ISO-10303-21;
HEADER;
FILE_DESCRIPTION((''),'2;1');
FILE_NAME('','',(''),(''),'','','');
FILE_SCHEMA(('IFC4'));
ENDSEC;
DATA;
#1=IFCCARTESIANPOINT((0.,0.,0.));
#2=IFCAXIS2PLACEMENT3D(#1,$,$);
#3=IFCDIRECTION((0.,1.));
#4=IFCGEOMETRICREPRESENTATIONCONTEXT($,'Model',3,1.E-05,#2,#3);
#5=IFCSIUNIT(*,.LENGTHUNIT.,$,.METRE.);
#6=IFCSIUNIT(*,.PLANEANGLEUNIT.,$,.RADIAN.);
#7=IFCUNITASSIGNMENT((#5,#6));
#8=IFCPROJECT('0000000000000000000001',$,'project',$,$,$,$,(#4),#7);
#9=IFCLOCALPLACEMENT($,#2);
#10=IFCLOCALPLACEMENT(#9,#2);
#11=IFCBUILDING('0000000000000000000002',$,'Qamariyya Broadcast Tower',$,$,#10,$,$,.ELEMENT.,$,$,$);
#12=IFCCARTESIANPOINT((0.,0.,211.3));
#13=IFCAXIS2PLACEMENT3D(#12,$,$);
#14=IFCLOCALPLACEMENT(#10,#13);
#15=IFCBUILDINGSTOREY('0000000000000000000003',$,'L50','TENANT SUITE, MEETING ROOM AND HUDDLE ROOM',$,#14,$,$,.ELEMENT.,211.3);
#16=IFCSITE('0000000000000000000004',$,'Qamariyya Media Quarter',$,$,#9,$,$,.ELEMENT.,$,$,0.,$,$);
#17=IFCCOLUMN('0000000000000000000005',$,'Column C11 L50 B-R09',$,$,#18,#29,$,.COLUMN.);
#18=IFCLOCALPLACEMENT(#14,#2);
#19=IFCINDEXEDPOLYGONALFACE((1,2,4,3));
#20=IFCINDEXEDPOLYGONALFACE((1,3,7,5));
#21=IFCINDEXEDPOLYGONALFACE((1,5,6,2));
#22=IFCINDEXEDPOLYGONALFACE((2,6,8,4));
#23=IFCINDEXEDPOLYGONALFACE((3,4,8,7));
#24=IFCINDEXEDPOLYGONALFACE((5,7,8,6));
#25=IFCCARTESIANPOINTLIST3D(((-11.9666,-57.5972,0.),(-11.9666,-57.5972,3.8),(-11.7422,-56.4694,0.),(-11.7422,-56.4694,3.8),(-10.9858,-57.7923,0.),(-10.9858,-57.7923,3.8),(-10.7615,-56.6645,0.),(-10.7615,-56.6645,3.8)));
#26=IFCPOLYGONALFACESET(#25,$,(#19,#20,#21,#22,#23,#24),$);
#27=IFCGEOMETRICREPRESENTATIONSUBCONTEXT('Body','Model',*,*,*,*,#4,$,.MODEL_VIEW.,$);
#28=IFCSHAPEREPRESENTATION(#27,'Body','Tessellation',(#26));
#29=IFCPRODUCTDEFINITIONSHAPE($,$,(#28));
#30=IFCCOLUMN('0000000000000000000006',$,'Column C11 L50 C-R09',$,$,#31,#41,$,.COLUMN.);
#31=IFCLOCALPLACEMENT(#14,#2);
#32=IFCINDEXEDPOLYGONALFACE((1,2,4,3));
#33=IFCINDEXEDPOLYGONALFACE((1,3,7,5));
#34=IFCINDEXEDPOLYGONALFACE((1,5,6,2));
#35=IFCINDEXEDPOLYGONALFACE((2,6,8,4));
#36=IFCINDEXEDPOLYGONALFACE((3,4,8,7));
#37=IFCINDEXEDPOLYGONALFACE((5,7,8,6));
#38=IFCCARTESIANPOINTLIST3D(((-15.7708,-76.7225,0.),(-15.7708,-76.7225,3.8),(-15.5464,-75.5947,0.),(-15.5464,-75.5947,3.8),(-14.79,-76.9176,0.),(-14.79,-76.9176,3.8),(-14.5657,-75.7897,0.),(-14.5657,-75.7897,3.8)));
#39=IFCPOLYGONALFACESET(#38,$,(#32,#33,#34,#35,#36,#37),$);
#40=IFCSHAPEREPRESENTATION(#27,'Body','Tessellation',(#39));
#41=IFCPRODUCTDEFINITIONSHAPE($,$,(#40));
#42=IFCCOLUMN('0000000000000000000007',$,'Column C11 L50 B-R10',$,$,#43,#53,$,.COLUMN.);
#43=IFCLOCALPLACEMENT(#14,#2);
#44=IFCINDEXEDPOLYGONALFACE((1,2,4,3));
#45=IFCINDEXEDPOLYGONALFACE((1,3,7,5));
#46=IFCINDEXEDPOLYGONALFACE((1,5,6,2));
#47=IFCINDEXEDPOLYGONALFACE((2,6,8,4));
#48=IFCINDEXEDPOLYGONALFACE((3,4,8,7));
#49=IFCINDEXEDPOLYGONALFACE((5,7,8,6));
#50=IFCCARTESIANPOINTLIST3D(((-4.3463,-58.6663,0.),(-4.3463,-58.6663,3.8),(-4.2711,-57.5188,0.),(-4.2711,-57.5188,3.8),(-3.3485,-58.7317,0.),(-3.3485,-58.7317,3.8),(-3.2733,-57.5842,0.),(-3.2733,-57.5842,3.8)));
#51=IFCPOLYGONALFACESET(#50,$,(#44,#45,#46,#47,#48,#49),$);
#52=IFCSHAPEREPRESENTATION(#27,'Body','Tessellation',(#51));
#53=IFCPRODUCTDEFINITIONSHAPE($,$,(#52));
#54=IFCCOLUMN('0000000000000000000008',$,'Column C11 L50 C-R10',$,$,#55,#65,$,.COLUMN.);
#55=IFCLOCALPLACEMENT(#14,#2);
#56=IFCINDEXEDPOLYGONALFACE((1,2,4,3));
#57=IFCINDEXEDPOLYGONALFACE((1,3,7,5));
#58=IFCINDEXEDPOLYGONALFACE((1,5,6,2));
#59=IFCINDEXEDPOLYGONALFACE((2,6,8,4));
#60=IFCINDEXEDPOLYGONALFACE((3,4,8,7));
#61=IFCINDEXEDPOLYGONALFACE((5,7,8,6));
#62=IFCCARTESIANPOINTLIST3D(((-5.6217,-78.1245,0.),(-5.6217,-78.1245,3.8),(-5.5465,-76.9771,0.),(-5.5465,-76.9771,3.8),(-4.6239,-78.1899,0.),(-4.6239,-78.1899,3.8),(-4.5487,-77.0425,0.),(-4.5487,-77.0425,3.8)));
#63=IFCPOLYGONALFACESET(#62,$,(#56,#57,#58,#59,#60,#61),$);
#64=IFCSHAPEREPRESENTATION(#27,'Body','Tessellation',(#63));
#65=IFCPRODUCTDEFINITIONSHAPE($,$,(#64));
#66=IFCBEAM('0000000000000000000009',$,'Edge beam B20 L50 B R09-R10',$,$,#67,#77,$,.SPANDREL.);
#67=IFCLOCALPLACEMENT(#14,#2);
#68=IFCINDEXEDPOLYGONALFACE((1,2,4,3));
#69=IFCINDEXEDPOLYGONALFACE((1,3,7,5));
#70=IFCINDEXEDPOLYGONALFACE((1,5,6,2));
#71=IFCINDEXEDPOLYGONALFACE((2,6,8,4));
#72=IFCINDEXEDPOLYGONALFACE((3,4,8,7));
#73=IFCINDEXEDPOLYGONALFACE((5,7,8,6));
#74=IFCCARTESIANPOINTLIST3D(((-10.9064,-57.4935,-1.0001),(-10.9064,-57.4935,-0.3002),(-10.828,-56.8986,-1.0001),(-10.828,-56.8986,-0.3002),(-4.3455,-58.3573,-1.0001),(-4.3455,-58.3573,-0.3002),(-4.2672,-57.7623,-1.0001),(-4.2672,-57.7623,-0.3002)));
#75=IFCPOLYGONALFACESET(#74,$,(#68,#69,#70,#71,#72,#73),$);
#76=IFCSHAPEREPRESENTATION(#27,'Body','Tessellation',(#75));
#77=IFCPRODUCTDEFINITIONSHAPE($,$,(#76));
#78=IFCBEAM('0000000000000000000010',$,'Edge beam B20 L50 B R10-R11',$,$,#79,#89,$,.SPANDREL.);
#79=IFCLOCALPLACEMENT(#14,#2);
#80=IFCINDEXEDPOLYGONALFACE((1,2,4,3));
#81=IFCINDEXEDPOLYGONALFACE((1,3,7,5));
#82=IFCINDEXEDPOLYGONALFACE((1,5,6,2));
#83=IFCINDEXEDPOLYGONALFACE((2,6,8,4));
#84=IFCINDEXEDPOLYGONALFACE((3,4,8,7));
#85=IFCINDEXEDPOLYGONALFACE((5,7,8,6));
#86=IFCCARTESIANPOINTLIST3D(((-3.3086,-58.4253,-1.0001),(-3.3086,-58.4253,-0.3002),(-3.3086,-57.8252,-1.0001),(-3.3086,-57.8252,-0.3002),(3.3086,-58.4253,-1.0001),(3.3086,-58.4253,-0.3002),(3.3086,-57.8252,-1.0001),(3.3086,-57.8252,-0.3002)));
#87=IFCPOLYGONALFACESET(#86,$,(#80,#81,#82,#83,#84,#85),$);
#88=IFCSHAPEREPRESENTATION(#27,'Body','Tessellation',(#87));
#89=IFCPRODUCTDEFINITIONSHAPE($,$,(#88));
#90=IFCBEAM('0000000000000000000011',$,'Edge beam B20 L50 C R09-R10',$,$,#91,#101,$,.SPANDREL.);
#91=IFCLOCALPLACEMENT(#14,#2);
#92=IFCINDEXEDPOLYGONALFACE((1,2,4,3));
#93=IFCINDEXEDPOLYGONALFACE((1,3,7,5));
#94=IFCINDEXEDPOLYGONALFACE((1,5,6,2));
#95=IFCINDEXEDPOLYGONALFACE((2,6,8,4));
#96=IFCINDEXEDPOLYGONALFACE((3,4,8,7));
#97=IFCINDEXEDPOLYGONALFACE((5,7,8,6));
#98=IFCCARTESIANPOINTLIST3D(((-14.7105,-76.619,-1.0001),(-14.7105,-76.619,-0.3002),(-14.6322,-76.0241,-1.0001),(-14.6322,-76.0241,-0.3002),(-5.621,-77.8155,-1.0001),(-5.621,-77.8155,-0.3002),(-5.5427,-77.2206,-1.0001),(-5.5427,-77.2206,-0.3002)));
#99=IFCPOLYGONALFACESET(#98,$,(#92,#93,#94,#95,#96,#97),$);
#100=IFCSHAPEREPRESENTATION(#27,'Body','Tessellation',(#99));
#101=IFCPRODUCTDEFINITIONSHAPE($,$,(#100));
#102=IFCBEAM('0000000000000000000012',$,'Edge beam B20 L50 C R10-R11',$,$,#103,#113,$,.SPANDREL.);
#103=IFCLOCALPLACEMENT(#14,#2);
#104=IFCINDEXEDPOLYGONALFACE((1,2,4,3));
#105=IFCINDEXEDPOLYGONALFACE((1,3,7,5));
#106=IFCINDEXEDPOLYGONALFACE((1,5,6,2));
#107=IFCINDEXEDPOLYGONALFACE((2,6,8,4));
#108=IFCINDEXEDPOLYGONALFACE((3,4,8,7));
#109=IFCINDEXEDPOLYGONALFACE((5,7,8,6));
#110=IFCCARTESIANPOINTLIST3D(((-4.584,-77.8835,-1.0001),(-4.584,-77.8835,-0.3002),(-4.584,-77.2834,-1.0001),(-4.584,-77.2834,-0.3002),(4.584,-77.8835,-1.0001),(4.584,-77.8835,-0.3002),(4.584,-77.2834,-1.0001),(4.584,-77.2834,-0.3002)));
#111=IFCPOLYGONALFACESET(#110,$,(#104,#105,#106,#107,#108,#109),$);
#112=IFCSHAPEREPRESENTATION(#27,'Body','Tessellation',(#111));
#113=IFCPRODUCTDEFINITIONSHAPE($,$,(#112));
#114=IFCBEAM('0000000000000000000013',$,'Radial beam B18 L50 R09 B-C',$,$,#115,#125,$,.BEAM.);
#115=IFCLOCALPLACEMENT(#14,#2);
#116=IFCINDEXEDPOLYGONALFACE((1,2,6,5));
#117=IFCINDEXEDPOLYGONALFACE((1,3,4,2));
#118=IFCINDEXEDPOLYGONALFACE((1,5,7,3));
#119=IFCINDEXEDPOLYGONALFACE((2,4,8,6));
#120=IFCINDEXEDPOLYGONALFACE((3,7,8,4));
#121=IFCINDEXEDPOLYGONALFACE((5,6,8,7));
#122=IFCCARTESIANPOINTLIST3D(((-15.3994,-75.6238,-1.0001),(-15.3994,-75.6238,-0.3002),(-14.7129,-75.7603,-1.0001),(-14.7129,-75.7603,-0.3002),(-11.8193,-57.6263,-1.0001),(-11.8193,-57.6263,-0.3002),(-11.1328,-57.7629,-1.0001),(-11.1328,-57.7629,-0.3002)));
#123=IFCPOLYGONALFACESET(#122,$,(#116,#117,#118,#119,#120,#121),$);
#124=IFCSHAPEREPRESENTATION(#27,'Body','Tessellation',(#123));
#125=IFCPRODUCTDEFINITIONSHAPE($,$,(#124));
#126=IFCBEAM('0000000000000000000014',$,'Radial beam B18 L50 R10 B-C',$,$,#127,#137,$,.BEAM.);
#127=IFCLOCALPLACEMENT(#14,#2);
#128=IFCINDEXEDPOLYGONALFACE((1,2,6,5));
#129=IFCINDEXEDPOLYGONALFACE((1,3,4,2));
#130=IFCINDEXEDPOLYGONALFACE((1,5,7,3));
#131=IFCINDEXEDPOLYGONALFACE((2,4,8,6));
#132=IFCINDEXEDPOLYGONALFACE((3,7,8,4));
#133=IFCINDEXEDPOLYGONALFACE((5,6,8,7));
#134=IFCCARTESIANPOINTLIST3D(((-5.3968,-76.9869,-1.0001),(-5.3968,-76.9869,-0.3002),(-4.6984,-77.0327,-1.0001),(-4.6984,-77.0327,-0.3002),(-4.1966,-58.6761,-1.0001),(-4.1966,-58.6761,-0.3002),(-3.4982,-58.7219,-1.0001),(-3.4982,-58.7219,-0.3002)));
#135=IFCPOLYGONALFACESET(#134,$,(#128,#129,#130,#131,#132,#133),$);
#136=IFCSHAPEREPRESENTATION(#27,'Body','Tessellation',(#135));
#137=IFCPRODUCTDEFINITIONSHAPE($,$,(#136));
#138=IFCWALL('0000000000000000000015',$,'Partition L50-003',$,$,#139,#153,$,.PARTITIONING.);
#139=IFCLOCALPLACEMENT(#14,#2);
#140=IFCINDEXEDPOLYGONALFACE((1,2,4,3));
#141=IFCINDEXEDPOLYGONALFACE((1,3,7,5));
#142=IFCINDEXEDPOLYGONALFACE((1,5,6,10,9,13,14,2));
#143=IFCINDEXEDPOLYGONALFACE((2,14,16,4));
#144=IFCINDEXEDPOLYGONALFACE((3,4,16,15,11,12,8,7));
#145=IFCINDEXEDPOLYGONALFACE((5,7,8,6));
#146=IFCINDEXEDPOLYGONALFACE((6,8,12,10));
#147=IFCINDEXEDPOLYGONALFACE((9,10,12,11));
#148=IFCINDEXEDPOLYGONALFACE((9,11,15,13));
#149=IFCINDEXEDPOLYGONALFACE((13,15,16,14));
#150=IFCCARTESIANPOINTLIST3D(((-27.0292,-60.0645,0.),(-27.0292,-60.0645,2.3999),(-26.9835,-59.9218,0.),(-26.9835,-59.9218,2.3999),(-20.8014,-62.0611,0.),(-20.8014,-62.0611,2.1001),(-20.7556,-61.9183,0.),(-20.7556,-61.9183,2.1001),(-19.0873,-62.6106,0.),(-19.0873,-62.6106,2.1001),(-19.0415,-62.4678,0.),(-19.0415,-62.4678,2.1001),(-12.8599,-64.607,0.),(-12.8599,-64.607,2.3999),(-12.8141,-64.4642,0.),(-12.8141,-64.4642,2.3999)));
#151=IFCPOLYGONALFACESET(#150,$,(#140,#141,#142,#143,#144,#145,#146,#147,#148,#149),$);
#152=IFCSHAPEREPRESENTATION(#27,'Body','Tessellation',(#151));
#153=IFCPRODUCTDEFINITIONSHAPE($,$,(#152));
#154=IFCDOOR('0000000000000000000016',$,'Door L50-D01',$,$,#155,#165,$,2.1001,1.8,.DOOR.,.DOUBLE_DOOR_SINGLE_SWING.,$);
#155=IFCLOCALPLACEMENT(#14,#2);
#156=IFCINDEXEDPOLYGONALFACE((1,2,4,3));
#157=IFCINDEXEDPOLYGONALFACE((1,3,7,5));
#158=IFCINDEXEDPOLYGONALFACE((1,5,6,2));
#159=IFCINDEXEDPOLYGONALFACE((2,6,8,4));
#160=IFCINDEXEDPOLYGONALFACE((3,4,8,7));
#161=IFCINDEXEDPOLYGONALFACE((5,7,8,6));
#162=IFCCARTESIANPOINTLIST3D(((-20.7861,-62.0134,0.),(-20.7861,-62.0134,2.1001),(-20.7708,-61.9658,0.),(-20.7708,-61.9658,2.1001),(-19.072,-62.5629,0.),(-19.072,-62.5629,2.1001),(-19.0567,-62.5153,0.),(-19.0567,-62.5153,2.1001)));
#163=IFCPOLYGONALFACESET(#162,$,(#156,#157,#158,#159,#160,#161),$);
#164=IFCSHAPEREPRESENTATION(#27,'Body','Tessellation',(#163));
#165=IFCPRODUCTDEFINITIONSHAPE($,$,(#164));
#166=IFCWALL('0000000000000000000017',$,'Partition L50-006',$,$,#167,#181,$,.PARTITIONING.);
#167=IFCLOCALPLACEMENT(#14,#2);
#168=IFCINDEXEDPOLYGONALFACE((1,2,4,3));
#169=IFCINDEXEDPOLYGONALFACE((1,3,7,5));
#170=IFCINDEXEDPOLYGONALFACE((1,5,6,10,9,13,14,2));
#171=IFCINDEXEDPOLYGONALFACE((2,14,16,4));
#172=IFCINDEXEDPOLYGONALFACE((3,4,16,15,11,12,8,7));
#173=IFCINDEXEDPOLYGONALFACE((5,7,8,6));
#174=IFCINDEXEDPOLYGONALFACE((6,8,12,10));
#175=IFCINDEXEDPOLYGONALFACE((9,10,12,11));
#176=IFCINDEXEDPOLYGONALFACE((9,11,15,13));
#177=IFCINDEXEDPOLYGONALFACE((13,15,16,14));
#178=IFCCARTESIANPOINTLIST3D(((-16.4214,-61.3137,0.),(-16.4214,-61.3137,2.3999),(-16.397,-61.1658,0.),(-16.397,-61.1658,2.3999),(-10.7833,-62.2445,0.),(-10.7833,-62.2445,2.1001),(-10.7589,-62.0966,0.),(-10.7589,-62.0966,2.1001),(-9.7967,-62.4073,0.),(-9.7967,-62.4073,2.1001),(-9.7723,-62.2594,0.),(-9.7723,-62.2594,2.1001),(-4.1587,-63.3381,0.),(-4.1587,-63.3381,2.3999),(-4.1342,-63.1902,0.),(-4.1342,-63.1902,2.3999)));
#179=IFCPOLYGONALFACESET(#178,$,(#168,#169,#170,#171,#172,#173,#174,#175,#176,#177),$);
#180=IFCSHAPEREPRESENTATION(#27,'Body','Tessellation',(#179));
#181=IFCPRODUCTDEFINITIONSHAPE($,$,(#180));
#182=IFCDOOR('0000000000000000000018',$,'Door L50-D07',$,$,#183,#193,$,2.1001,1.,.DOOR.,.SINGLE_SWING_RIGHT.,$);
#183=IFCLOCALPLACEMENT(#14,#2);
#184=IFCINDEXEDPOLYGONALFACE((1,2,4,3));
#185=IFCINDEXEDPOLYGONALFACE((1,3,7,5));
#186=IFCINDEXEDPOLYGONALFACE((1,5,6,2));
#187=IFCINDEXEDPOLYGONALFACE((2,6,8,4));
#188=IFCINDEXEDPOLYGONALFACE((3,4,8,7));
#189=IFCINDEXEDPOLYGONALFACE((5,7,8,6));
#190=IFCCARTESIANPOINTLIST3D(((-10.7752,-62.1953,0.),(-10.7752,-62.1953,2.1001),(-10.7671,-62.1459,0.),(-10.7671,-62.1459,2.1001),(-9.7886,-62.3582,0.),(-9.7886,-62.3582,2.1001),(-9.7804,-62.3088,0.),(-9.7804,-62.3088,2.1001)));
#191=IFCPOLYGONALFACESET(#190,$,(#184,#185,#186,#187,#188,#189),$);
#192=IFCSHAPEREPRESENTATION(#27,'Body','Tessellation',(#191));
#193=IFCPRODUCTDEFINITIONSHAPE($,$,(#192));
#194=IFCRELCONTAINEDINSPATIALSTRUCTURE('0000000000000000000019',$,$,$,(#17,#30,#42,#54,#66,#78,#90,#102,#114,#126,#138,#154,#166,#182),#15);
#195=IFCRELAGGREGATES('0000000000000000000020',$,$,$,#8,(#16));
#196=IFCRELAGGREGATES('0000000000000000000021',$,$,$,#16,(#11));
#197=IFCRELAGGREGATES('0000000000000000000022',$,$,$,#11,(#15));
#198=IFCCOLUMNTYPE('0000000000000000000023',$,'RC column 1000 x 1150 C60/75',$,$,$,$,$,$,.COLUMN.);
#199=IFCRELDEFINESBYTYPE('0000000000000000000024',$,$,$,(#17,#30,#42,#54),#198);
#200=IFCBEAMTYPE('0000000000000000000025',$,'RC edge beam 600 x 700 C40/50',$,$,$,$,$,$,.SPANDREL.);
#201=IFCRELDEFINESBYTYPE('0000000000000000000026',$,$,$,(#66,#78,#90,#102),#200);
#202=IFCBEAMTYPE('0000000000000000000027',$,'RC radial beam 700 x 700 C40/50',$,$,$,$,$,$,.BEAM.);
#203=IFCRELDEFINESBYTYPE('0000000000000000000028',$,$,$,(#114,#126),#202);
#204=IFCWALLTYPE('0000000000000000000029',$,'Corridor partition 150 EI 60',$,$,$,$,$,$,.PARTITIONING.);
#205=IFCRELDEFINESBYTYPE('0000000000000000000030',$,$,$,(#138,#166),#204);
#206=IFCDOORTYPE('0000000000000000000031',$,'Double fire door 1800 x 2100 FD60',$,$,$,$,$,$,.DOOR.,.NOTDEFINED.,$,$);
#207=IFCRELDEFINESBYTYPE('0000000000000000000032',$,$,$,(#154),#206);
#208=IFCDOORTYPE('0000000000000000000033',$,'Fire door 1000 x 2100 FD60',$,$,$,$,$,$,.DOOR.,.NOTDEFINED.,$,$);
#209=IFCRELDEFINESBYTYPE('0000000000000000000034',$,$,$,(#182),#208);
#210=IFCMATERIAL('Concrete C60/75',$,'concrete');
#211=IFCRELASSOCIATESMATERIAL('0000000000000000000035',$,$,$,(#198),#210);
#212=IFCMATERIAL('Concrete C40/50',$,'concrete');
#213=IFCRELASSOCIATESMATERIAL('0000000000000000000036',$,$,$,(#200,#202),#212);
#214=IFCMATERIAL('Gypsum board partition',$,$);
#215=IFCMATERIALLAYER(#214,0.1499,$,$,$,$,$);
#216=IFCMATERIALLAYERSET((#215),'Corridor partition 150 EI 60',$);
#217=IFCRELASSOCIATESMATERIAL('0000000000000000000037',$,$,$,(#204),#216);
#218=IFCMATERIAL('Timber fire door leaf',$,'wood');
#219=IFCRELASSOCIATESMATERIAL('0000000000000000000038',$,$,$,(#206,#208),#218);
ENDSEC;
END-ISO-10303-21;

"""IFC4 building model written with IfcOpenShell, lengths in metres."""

from ifc_helpers import new_model, si_unit, direction, frame, frame_2d, origin, origin_2d, place, context, subcontext, project, spatial, rectangle, extrude, material, layer, layer_set, material_profile, profile_set, type_object, element, fill, save


model = new_model("IFC4")

# Units and contexts
model_context = context("Model", 3, precision=1e-05, world=origin(), true_north=direction((0.0, 1.0)))
body_context = subcontext(model_context, "Body", "Model", "MODEL_VIEW")
ifc_project = project(units=[si_unit("LENGTHUNIT", "METRE"), si_unit("PLANEANGLEUNIT", "RADIAN")], contexts=[model_context])

# Site, building, storey
site_placement = place(None, origin())
site = spatial("IfcSite", under=ifc_project, at=site_placement, Name="Qamariyya Media Quarter", CompositionType="ELEMENT", RefElevation=0.0)
building_placement = place(site_placement, origin())
building = spatial("IfcBuilding", under=site, at=building_placement, Name="Qamariyya Broadcast Tower", CompositionType="ELEMENT")
storey_placement = place(building_placement, frame((0.0, 0.0, 211.3)))
storey = spatial("IfcBuildingStorey", under=building, at=storey_placement, Name="L50", Description="TENANT SUITE, MEETING ROOM AND HUDDLE ROOM", CompositionType="ELEMENT", Elevation=211.3)

# Columns
ifc_material_1 = material(Name="Concrete C60/75", Category="concrete")
ifc_material_profile_1 = material_profile(ifc_material_1, rectangle(XDim=1.0, YDim=1.1499, at=origin_2d()))
ifc_profile_set_1 = profile_set([ifc_material_profile_1], Name="Concrete C60/75")
column_type = type_object("IfcColumnType", Name="RC column 1000 x 1150 C60/75", PredefinedType="COLUMN", material=ifc_profile_set_1)
for number, where, z_axis, x_axis, name in (
    (1, (-11.364, -57.1309, 0.0), (0.0, 0.0, 1.0), (0.980785, -0.19509, 0.0), "Column C11 L50 B-R09"),
    (2, (-15.1682, -76.2561, 0.0), (0.0, 0.0, 1.0), (0.980785, -0.19509, 0.0), "Column C11 L50 C-R09"),
    (3, (-3.8098, -58.1252, 0.0), (0.0, 0.0, 1.0), (0.997859, -0.065403, 0.0), "Column C11 L50 B-R10"),
    (4, (-5.0852, -77.5835, 0.0), (0.0, 0.0, 1.0), (0.997859, -0.065403, 0.0), "Column C11 L50 C-R10"),
):
    element("IfcColumn", number, at=place(storey_placement, frame(where, z_axis=z_axis, x_axis=x_axis)), inside=storey, type_object=column_type, Name=name, PredefinedType="COLUMN", context=body_context, shape_type="SweptSolid", body=[
        extrude(rectangle(XDim=1.0, YDim=1.1499, at=origin_2d()), origin(), (0.0, 0.0, 1.0), 3.8),
    ])

# Beams
ifc_material_2 = material(Name="Concrete C40/50", Category="concrete")
ifc_material_profile_2 = material_profile(ifc_material_2, rectangle(XDim=0.6001, YDim=0.7, at=origin_2d()))
ifc_profile_set_2 = profile_set([ifc_material_profile_2], Name="Concrete C40/50")
beam_type_1 = type_object("IfcBeamType", Name="RC edge beam 600 x 700 C40/50", PredefinedType="SPANDREL", material=ifc_profile_set_2)
beam_1_placement = place(storey_placement, frame((-10.8672, -57.196, -0.6501), z_axis=(0.991444, -0.13053, 0.0), x_axis=(0.13053, 0.991444, 0.0)))
element("IfcBeam", 5, at=beam_1_placement, inside=storey, type_object=beam_type_1, Name="Edge beam B20 L50 B R09-R10", PredefinedType="SPANDREL", context=body_context, shape_type="SweptSolid", body=[
    extrude(rectangle(XDim=0.6001, YDim=0.7, at=origin_2d()), origin(), (0.0, 0.0, 1.0), 6.6174),
])
beam_2_placement = place(storey_placement, frame((-3.3086, -58.1252, -0.6501), z_axis=(1.0, 0.0, 0.0), x_axis=(0.0, 1.0, 0.0)))
element("IfcBeam", 6, at=beam_2_placement, inside=storey, type_object=beam_type_1, Name="Edge beam B20 L50 B R10-R11", PredefinedType="SPANDREL", context=body_context, shape_type="SweptSolid", body=[
    extrude(rectangle(XDim=0.6001, YDim=0.7, at=origin_2d()), origin(), (0.0, 0.0, 1.0), 6.6172),
])
for number, where, z_axis, x_axis, name in (
    (7, (-14.6714, -76.3215, -0.6501), (0.991447, -0.130512, 0.0), (0.130512, 0.991447, 0.0), "Edge beam B20 L50 C R09-R10"),
    (8, (-4.584, -77.5835, -0.6501), (1.0, 0.0, 0.0), (0.0, 1.0, 0.0), "Edge beam B20 L50 C R10-R11"),
):
    element("IfcBeam", number, at=place(storey_placement, frame(where, z_axis=z_axis, x_axis=x_axis)), inside=storey, type_object=beam_type_1, Name=name, PredefinedType="SPANDREL", context=body_context, shape_type="SweptSolid", body=[
        extrude(rectangle(XDim=0.6001, YDim=0.7, at=origin_2d()), origin(), (0.0, 0.0, 1.0), 9.168),
    ])
ifc_material_profile_3 = material_profile(ifc_material_2, rectangle(XDim=0.7, YDim=0.7, at=origin_2d()))
ifc_profile_set_3 = profile_set([ifc_material_profile_3], Name="Concrete C40/50")
beam_type_2 = type_object("IfcBeamType", Name="RC radial beam 700 x 700 C40/50", PredefinedType="BEAM", material=ifc_profile_set_3)
for number, where, z_axis, x_axis, name in (
    (9, (-11.4761, -57.6946, -0.6501), (-0.195098, -0.980784, 0.0), (0.980784, -0.195098, 0.0), "Radial beam B18 L50 R09 B-C"),
    (10, (-3.8474, -58.699, -0.6501), (-0.065405, -0.997859, 0.0), (0.997859, -0.065405, 0.0), "Radial beam B18 L50 R10 B-C"),
):
    element("IfcBeam", number, at=place(storey_placement, frame(where, z_axis=z_axis, x_axis=x_axis)), inside=storey, type_object=beam_type_2, Name=name, PredefinedType="BEAM", context=body_context, shape_type="SweptSolid", body=[
        extrude(rectangle(XDim=0.7, YDim=0.7, at=origin_2d()), origin(), (0.0, 0.0, 1.0), 18.3501),
    ])

# Walls, openings, doors
ifc_material_3 = material(Name="Gypsum board partition")
ifc_layer_1 = layer(ifc_material_3, 0.1499)
ifc_layer_set_1 = layer_set([ifc_layer_1], Name="Corridor partition 150 EI 60")
wall_type_1 = type_object("IfcWallType", Name="Corridor partition 150 EI 60", PredefinedType="PARTITIONING", material=ifc_layer_set_1)
wall_1_placement = place(storey_placement, frame((-12.8369, -64.5356, 0.0), z_axis=(0.0, 0.0, 1.0), x_axis=(-0.952263, 0.305279, 0.0)))
wall_1 = element("IfcWall", 11, at=wall_1_placement, inside=storey, type_object=wall_type_1, Name="Partition L50-003", PredefinedType="PARTITIONING", context=body_context, shape_type="SweptSolid", body=[
    extrude(rectangle(XDim=14.8796, YDim=0.1499, at=frame_2d((7.4399, 0.0))), origin(), (0.0, 0.0, 1.0), 2.3999),
])
opening_1_placement = place(wall_1_placement, frame((6.5398, 0.0, 0.0)))
opening_1 = element("IfcOpeningElement", 12, at=opening_1_placement, cuts=wall_1, PredefinedType="OPENING", context=body_context, shape_type="SweptSolid", body=[
    extrude(rectangle(XDim=1.8, YDim=2.1001, at=frame_2d((0.8999, 1.05))), frame((0.0, 0.085, 0.0), z_axis=(0.0, -1.0, 0.0), x_axis=(1.0, 0.0, 0.0)), (0.0, 0.0, 1.0), 0.1699),
])
ifc_material_4 = material(Name="Timber fire door leaf", Category="wood")
door_type_1 = type_object("IfcDoorType", Name="Double fire door 1800 x 2100 FD60", OperationType="NOTDEFINED", PredefinedType="DOOR", material=ifc_material_4)
door_1_placement = place(opening_1_placement, origin())
door_1 = element("IfcDoor", 13, at=door_1_placement, inside=storey, type_object=door_type_1, Name="Door L50-D01", OperationType="DOUBLE_DOOR_SINGLE_SWING", OverallHeight=2.1001, OverallWidth=1.8, PredefinedType="DOOR", context=body_context, shape_type="SweptSolid", body=[
    extrude(rectangle(XDim=1.8, YDim=2.1001, at=frame_2d((0.8999, 1.05))), frame((0.0, 0.0249, 0.0), z_axis=(0.0, -1.0, 0.0), x_axis=(1.0, 0.0, 0.0)), (0.0, 0.0, 1.0), 0.05),
])
fill(opening_1, door_1)
wall_2_placement = place(storey_placement, frame((-16.4092, -61.2397, 0.0), z_axis=(0.0, 0.0, 1.0), x_axis=(0.986645, -0.162883, 0.0)))
wall_2 = element("IfcWall", 14, at=wall_2_placement, inside=storey, type_object=wall_type_1, Name="Partition L50-006", PredefinedType="PARTITIONING", context=body_context, shape_type="SweptSolid", body=[
    extrude(rectangle(XDim=12.4287, YDim=0.1499, at=frame_2d((6.2144, 0.0))), origin(), (0.0, 0.0, 1.0), 2.3999),
])
opening_2_placement = place(wall_2_placement, frame((5.7144, 0.0, 0.0)))
opening_2 = element("IfcOpeningElement", 15, at=opening_2_placement, cuts=wall_2, PredefinedType="OPENING", context=body_context, shape_type="SweptSolid", body=[
    extrude(rectangle(XDim=1.0, YDim=2.1001, at=frame_2d((0.5, 1.05))), frame((0.0, 0.085, 0.0), z_axis=(0.0, -1.0, 0.0), x_axis=(1.0, 0.0, 0.0)), (0.0, 0.0, 1.0), 0.1699),
])
door_type_2 = type_object("IfcDoorType", Name="Fire door 1000 x 2100 FD60", OperationType="NOTDEFINED", PredefinedType="DOOR", material=ifc_material_4)
door_2_placement = place(opening_2_placement, origin())
door_2 = element("IfcDoor", 16, at=door_2_placement, inside=storey, type_object=door_type_2, Name="Door L50-D07", OperationType="SINGLE_SWING_RIGHT", OverallHeight=2.1001, OverallWidth=1.0, PredefinedType="DOOR", context=body_context, shape_type="SweptSolid", body=[
    extrude(rectangle(XDim=1.0, YDim=2.1001, at=frame_2d((0.5, 1.05))), frame((0.0, 0.0249, 0.0), z_axis=(0.0, -1.0, 0.0), x_axis=(1.0, 0.0, 0.0)), (0.0, 0.0, 1.0), 0.05),
])
fill(opening_2, door_2)

save(model, "model.ifc")
